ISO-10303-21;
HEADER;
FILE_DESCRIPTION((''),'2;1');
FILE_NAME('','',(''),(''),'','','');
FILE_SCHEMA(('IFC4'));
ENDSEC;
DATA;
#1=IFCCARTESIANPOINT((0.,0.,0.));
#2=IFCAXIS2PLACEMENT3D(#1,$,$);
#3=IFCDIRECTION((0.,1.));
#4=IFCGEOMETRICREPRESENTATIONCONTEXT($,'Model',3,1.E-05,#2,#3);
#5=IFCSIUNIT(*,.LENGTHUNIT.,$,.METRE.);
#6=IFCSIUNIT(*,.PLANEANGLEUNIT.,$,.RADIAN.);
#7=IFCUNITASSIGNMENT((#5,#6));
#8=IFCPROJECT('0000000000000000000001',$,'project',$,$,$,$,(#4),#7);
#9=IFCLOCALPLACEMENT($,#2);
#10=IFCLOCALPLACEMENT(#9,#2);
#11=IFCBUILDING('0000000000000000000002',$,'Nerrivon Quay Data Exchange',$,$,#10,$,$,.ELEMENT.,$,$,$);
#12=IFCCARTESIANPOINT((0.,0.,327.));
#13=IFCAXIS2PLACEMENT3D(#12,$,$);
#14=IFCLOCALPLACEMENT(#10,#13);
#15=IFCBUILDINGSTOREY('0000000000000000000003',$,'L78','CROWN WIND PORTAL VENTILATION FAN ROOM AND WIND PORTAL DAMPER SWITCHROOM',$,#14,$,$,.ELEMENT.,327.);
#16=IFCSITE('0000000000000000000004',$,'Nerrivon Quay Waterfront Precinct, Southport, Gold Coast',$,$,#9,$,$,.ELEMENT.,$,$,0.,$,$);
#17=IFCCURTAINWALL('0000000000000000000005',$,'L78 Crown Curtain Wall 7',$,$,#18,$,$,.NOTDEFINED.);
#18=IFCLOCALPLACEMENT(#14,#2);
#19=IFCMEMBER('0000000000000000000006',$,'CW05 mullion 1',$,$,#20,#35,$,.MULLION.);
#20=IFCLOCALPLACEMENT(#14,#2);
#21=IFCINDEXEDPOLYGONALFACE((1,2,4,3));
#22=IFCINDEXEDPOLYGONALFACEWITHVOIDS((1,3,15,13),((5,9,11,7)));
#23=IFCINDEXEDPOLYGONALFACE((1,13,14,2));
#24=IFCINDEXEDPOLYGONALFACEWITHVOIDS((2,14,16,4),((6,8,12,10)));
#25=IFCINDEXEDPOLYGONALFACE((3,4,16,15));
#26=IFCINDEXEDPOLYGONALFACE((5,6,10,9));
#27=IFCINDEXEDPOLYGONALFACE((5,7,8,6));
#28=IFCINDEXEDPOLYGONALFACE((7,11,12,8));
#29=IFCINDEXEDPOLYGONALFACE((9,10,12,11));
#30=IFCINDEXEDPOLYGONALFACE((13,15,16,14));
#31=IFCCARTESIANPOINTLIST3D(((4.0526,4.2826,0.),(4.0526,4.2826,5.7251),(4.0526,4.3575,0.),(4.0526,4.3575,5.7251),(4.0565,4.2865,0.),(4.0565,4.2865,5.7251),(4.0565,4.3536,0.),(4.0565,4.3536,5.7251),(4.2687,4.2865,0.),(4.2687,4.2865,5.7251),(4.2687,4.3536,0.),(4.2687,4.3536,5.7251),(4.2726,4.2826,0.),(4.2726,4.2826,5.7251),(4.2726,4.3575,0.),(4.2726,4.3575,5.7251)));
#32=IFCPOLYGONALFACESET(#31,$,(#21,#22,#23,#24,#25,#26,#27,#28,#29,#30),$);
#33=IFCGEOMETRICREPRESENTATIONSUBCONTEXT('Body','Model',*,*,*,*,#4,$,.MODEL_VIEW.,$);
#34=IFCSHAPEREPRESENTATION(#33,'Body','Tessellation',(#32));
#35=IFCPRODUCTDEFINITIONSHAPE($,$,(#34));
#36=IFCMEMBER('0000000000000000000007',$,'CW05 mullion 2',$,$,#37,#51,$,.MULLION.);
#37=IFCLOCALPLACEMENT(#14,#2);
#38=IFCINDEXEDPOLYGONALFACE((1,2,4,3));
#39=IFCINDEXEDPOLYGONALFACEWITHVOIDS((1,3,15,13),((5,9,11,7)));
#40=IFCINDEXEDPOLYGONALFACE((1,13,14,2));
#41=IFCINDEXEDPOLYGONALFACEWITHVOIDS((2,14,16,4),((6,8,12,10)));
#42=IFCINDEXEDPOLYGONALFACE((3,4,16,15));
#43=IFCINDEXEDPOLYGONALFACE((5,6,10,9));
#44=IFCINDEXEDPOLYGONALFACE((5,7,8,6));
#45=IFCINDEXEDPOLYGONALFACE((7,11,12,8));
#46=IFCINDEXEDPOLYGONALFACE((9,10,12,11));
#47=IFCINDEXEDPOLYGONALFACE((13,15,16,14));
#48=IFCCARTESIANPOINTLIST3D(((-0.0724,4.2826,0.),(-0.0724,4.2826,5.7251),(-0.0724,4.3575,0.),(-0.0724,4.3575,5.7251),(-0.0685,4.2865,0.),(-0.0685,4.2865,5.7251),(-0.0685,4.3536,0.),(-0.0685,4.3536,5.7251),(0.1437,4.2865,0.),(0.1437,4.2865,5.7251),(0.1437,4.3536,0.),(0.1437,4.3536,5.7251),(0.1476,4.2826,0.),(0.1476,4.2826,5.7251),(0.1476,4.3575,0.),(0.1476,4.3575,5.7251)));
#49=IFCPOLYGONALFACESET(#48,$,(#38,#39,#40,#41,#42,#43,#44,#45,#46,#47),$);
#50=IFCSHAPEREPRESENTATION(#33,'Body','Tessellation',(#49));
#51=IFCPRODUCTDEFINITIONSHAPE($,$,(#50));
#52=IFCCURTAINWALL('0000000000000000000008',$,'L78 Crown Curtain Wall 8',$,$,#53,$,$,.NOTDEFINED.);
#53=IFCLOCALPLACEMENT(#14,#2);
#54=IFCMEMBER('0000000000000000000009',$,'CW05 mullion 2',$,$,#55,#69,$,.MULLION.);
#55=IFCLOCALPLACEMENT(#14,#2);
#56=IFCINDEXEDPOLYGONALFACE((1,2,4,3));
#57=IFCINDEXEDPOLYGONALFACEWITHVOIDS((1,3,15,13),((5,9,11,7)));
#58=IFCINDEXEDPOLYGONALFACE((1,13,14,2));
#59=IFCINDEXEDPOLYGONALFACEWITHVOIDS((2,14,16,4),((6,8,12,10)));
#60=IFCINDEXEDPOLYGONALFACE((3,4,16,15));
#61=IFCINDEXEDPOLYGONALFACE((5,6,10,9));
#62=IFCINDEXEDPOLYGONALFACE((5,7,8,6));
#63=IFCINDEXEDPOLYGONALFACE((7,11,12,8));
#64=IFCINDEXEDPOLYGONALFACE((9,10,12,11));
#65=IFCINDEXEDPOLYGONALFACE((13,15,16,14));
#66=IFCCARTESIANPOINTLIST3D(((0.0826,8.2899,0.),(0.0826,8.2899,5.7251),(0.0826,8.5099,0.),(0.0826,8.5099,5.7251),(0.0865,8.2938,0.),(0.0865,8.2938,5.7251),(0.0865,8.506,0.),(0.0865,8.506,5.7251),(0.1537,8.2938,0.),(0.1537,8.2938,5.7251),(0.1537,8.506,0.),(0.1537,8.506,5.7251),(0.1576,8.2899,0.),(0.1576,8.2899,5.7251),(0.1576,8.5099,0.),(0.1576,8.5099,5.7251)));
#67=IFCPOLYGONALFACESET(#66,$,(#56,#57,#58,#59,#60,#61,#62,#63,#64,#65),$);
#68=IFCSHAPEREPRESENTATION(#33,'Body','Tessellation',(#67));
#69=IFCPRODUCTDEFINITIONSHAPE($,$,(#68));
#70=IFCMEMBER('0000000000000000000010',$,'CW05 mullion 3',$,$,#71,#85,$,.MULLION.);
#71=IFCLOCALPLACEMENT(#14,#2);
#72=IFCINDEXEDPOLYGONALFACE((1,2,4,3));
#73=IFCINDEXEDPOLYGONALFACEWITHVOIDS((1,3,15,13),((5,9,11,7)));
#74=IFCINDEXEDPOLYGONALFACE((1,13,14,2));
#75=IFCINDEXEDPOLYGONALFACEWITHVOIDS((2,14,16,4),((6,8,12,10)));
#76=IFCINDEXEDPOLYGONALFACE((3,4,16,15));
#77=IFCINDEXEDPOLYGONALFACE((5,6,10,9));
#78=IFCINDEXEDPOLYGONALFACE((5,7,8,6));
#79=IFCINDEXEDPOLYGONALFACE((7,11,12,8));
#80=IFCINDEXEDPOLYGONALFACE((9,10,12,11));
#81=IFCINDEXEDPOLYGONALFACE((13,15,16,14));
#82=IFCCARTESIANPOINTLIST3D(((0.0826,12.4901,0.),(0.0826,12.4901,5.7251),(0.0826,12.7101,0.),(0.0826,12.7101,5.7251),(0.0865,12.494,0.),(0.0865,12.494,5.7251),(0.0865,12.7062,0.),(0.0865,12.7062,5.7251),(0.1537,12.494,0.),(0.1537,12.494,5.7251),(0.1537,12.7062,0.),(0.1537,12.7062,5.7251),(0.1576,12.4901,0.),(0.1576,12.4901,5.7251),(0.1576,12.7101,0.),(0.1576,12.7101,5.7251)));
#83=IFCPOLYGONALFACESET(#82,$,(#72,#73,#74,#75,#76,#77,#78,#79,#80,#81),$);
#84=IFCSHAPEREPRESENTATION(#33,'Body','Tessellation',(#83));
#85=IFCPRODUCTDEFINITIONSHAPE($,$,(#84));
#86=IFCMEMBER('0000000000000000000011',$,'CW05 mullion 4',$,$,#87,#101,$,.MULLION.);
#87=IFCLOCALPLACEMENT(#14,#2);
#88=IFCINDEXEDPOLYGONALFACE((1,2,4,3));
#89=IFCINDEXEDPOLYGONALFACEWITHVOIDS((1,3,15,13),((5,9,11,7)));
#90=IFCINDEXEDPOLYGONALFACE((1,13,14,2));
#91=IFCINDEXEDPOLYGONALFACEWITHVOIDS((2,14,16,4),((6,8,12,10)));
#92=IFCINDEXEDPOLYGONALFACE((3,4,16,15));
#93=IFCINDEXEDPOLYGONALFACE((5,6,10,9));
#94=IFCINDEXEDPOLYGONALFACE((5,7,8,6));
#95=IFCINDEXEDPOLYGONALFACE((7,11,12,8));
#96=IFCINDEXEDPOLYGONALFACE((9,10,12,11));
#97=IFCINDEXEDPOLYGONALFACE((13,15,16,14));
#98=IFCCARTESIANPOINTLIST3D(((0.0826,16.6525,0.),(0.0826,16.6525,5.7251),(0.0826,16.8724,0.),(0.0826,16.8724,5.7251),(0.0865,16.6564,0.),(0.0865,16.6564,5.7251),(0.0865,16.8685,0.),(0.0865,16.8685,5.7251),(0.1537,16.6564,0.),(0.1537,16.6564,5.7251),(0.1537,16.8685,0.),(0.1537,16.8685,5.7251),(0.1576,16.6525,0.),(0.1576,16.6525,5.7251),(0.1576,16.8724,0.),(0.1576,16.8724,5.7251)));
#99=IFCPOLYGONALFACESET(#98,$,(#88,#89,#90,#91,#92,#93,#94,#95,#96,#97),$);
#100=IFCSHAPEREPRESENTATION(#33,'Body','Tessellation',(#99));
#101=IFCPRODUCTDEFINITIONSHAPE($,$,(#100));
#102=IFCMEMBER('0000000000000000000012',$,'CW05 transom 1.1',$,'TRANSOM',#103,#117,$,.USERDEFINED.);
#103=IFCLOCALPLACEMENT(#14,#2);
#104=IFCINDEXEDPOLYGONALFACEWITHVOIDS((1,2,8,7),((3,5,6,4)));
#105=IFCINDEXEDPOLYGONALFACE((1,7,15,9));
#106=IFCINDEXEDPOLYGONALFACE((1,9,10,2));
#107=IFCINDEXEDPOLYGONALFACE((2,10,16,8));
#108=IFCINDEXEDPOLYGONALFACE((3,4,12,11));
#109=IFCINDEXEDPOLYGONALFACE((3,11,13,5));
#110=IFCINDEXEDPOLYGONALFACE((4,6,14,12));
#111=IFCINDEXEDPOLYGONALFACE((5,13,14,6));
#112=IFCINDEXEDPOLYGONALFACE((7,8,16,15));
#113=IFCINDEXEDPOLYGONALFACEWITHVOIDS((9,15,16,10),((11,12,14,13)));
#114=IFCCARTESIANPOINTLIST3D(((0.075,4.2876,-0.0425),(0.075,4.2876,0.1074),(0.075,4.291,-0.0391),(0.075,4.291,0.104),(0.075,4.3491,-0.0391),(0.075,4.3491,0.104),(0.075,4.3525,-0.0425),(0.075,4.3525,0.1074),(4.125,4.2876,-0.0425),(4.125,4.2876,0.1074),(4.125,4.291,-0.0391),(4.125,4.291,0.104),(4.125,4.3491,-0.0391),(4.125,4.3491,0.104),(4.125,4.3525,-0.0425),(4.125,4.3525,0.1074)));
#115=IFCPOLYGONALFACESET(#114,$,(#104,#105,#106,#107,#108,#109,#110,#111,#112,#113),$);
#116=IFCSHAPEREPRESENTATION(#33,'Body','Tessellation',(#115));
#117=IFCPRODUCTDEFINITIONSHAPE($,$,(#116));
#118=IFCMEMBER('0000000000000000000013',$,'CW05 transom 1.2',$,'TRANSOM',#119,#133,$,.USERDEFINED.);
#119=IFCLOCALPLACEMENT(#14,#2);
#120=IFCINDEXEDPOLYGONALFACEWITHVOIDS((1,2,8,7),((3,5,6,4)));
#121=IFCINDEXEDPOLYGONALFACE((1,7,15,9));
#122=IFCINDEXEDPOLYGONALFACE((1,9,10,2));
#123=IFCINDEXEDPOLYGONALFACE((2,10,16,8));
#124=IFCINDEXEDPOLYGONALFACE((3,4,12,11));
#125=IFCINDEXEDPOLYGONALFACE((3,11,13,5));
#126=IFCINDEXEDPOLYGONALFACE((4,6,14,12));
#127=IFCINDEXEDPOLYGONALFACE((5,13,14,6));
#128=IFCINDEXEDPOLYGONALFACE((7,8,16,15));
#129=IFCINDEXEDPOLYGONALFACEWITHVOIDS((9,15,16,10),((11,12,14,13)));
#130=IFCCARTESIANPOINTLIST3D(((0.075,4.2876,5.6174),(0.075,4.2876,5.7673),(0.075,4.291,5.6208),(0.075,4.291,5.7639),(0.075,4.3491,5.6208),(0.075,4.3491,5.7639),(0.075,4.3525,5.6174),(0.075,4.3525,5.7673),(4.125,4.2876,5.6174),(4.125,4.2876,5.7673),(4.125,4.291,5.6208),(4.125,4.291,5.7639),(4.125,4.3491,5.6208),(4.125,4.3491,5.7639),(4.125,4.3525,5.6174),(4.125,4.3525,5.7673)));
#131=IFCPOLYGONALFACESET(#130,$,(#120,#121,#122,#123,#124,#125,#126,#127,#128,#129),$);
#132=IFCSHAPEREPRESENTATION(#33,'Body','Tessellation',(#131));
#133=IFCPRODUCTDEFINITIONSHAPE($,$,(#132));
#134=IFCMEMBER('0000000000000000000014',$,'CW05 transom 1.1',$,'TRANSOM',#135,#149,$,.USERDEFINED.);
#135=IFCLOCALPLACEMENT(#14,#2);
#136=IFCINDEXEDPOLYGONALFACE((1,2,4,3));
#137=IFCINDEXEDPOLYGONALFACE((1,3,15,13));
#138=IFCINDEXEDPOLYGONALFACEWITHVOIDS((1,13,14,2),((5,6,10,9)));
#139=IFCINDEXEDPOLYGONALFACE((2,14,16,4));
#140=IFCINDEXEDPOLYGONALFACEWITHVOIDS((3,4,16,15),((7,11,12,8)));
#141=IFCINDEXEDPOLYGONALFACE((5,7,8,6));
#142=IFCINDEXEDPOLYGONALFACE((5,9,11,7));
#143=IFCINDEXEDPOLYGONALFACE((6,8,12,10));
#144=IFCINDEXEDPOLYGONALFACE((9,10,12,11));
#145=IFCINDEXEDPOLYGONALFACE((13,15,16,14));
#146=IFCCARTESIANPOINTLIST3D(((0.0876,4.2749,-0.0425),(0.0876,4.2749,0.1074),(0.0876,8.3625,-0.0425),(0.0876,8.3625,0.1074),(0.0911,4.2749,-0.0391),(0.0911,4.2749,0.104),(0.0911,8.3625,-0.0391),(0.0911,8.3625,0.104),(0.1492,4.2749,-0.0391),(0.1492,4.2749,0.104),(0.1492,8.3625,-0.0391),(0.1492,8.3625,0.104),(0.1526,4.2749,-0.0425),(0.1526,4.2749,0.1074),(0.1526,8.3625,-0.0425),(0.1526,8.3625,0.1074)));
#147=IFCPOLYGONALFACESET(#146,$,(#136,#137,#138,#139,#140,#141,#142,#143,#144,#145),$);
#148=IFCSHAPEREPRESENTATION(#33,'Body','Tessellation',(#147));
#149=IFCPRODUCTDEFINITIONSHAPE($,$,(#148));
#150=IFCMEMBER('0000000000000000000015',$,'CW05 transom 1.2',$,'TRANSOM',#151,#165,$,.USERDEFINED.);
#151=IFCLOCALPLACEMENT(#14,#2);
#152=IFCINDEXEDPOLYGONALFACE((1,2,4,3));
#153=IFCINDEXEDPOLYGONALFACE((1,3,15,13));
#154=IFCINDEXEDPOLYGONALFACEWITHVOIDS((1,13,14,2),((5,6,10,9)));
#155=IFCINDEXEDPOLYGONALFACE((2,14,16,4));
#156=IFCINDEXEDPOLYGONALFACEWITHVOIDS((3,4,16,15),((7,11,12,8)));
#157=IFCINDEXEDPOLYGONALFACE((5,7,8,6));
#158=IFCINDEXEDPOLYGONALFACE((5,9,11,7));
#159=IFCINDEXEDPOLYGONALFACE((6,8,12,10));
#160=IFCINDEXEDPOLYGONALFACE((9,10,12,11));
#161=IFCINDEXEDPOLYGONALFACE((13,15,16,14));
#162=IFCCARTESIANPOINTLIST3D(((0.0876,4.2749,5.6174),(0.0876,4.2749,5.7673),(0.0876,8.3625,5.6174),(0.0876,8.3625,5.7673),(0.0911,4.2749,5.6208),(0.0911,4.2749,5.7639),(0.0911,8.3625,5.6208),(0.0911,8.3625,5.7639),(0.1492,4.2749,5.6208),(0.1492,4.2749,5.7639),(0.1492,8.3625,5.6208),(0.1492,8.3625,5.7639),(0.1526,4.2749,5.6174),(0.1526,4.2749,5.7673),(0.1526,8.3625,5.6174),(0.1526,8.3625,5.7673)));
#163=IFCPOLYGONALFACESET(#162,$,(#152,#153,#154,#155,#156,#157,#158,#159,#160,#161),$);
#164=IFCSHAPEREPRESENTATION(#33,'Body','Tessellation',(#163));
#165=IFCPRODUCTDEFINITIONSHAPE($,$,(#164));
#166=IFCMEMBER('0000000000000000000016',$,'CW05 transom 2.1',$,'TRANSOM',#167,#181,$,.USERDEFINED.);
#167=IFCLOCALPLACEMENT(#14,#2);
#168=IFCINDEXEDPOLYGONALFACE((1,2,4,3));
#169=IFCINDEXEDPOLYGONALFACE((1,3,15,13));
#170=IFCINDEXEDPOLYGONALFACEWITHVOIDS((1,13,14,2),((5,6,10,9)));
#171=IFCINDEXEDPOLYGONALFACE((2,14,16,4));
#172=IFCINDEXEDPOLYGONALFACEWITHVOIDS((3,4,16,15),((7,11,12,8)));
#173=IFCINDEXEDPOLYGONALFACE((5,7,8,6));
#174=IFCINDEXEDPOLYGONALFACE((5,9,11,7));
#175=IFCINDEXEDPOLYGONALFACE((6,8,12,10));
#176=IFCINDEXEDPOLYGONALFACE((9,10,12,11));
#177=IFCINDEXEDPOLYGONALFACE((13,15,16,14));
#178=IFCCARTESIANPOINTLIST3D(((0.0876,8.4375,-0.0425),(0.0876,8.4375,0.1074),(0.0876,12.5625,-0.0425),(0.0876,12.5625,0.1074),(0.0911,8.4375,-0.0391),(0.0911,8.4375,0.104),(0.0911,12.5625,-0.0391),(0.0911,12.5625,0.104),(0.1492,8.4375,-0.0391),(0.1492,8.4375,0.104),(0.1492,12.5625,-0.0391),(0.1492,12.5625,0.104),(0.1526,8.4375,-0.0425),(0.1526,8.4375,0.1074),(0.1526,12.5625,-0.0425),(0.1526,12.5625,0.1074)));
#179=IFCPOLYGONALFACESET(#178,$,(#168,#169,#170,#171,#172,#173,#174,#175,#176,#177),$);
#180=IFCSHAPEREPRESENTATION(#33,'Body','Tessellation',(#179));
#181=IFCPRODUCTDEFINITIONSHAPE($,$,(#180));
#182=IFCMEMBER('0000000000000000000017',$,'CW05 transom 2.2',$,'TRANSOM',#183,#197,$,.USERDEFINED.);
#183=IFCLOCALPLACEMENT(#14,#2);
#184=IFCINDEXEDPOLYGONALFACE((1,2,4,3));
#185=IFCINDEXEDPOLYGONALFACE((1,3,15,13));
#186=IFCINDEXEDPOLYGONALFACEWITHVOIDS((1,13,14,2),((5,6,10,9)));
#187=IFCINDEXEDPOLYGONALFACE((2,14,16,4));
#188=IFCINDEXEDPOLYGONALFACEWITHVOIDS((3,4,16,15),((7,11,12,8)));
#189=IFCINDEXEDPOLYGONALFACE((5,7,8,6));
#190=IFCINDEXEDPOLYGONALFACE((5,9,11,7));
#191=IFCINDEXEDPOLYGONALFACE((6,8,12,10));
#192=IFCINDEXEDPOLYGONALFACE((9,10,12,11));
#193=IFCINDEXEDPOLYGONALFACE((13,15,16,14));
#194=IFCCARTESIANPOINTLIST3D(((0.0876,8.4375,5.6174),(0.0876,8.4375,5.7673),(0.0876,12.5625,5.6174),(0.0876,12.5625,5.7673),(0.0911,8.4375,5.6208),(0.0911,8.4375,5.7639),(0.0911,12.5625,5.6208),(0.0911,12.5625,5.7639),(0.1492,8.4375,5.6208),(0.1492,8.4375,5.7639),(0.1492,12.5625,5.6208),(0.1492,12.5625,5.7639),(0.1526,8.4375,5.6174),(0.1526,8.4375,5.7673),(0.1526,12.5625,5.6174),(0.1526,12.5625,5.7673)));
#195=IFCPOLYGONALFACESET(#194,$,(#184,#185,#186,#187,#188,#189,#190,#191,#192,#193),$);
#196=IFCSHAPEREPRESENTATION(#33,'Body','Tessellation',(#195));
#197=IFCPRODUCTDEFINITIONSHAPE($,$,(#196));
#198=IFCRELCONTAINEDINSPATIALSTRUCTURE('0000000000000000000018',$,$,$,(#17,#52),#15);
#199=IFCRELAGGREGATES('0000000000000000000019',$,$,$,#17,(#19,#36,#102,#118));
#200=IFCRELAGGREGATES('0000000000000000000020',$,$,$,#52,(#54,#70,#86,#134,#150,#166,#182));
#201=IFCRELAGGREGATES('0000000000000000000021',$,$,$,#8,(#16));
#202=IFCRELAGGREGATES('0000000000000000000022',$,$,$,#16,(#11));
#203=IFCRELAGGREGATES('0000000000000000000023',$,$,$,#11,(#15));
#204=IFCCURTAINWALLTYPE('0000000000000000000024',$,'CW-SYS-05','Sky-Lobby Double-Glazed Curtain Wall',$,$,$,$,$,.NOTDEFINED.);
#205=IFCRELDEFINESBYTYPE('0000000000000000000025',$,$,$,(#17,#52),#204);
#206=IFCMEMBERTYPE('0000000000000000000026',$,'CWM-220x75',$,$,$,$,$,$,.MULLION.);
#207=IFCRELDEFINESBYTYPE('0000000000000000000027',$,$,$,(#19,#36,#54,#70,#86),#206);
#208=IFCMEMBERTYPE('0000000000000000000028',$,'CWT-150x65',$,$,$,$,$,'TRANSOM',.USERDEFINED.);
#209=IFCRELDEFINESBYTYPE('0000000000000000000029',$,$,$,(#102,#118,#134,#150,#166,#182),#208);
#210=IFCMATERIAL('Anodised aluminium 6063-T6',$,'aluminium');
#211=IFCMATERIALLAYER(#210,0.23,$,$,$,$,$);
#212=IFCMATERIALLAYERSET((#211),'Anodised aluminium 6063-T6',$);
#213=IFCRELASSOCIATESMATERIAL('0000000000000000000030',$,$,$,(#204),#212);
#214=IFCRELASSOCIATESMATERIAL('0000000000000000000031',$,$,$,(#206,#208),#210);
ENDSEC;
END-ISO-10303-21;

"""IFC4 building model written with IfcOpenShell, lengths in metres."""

from ifc_helpers import new_model, si_unit, direction, frame, origin, origin_2d, place, context, subcontext, project, spatial, hollow_rectangle, extrude, material, layer, layer_set, material_profile, profile_set, type_object, element, aggregate, save


model = new_model("IFC4")

# Units and contexts
model_context = context("Model", 3, precision=1e-05, world=origin(), true_north=direction((0.0, 1.0)))
body_context = subcontext(model_context, "Body", "Model", "MODEL_VIEW")
ifc_project = project(units=[si_unit("LENGTHUNIT", "METRE"), si_unit("PLANEANGLEUNIT", "RADIAN")], contexts=[model_context])

# Site, building, storey
site_placement = place(None, origin())
site = spatial("IfcSite", under=ifc_project, at=site_placement, Name="Nerrivon Quay Waterfront Precinct, Southport, Gold Coast", CompositionType="ELEMENT", RefElevation=0.0)
building_placement = place(site_placement, origin())
building = spatial("IfcBuilding", under=site, at=building_placement, Name="Nerrivon Quay Data Exchange", CompositionType="ELEMENT")
storey_placement = place(building_placement, frame((0.0, 0.0, 327.0)))
storey = spatial("IfcBuildingStorey", under=building, at=storey_placement, Name="L78", Description="CROWN WIND PORTAL VENTILATION FAN ROOM AND WIND PORTAL DAMPER SWITCHROOM", CompositionType="ELEMENT", Elevation=327.0)

# Curtain walls, members
ifc_material_1 = material(Name="Anodised aluminium 6063-T6", Category="aluminium")
ifc_layer_1 = layer(ifc_material_1, 0.23)
ifc_layer_set_1 = layer_set([ifc_layer_1], Name="Anodised aluminium 6063-T6")
curtain_wall_type = type_object("IfcCurtainWallType", Name="CW-SYS-05", Description="Sky-Lobby Double-Glazed Curtain Wall", PredefinedType="NOTDEFINED", material=ifc_layer_set_1)
curtain_wall_1_placement = place(storey_placement, origin())
curtain_wall_1 = element("IfcCurtainWall", 1, at=curtain_wall_1_placement, inside=storey, type_object=curtain_wall_type, Name="L78 Crown Curtain Wall 7", PredefinedType="NOTDEFINED")
ifc_material_profile_1 = material_profile(ifc_material_1, hollow_rectangle(XDim=0.075, YDim=0.22, WallThickness=0.0039, at=origin_2d()), Name="ALU-MULL-220x75")
ifc_profile_set_1 = profile_set([ifc_material_profile_1], Name="Anodised aluminium 6063-T6")
member_type_1 = type_object("IfcMemberType", Name="CWM-220x75", PredefinedType="MULLION", material=ifc_profile_set_1)
member_1_placement = place(storey_placement, frame((4.1626, 4.3201, 0.0), z_axis=(0.0, 0.0, 1.0), x_axis=(0.0, -1.0, 0.0)))
member_1 = element("IfcMember", 2, at=member_1_placement, type_object=member_type_1, Name="CW05 mullion 1", PredefinedType="MULLION", context=body_context, shape_type="SweptSolid", body=[
    extrude(hollow_rectangle(XDim=0.075, YDim=0.22, WallThickness=0.0039, at=origin_2d()), origin(), (0.0, 0.0, 1.0), 5.7251),
])
member_2_placement = place(storey_placement, frame((0.0376, 4.3201, 0.0), z_axis=(0.0, 0.0, 1.0), x_axis=(0.0, -1.0, 0.0)))
member_2 = element("IfcMember", 3, at=member_2_placement, type_object=member_type_1, Name="CW05 mullion 2", PredefinedType="MULLION", context=body_context, shape_type="SweptSolid", body=[
    extrude(hollow_rectangle(XDim=0.075, YDim=0.22, WallThickness=0.0039, at=origin_2d()), origin(), (0.0, 0.0, 1.0), 5.7251),
])
curtain_wall_2_placement = place(storey_placement, origin())
curtain_wall_2 = element("IfcCurtainWall", 4, at=curtain_wall_2_placement, inside=storey, type_object=curtain_wall_type, Name="L78 Crown Curtain Wall 8", PredefinedType="NOTDEFINED")
member_3_placement = place(storey_placement, frame((0.1201, 8.3999, 0.0), z_axis=(0.0, 0.0, 1.0), x_axis=(-1.0, 0.0, 0.0)))
member_3 = element("IfcMember", 5, at=member_3_placement, type_object=member_type_1, Name="CW05 mullion 2", PredefinedType="MULLION", context=body_context, shape_type="SweptSolid", body=[
    extrude(hollow_rectangle(XDim=0.075, YDim=0.22, WallThickness=0.0039, at=origin_2d()), origin(), (0.0, 0.0, 1.0), 5.7251),
])
member_4_placement = place(storey_placement, frame((0.1201, 12.6001, 0.0), z_axis=(0.0, 0.0, 1.0), x_axis=(-1.0, 0.0, 0.0)))
member_4 = element("IfcMember", 6, at=member_4_placement, type_object=member_type_1, Name="CW05 mullion 3", PredefinedType="MULLION", context=body_context, shape_type="SweptSolid", body=[
    extrude(hollow_rectangle(XDim=0.075, YDim=0.22, WallThickness=0.0039, at=origin_2d()), origin(), (0.0, 0.0, 1.0), 5.7251),
])
member_5_placement = place(storey_placement, frame((0.1201, 16.7625, 0.0), z_axis=(0.0, 0.0, 1.0), x_axis=(-1.0, 0.0, 0.0)))
member_5 = element("IfcMember", 7, at=member_5_placement, type_object=member_type_1, Name="CW05 mullion 4", PredefinedType="MULLION", context=body_context, shape_type="SweptSolid", body=[
    extrude(hollow_rectangle(XDim=0.075, YDim=0.22, WallThickness=0.0039, at=origin_2d()), origin(), (0.0, 0.0, 1.0), 5.7251),
])

# Members
ifc_material_profile_2 = material_profile(ifc_material_1, hollow_rectangle(XDim=0.0649, YDim=0.1499, WallThickness=0.0034, at=origin_2d()), Name="ALU-TRAN-150x65")
ifc_profile_set_2 = profile_set([ifc_material_profile_2], Name="Anodised aluminium 6063-T6")
member_type_2 = type_object("IfcMemberType", Name="CWT-150x65", ElementType="TRANSOM", PredefinedType="USERDEFINED", material=ifc_profile_set_2)
member_6_placement = place(storey_placement, frame((4.125, 4.3201, 0.0325), z_axis=(-1.0, 0.0, 0.0), x_axis=(0.0, -1.0, 0.0)))
member_6 = element("IfcMember", 8, at=member_6_placement, type_object=member_type_2, Name="CW05 transom 1.1", ObjectType="TRANSOM", PredefinedType="USERDEFINED", context=body_context, shape_type="SweptSolid", body=[
    extrude(hollow_rectangle(XDim=0.0649, YDim=0.1499, WallThickness=0.0034, at=origin_2d()), origin(), (0.0, 0.0, 1.0), 4.05),
])
member_7_placement = place(storey_placement, frame((4.125, 4.3201, 5.6924), z_axis=(-1.0, 0.0, 0.0), x_axis=(0.0, -1.0, 0.0)))
member_7 = element("IfcMember", 9, at=member_7_placement, type_object=member_type_2, Name="CW05 transom 1.2", ObjectType="TRANSOM", PredefinedType="USERDEFINED", context=body_context, shape_type="SweptSolid", body=[
    extrude(hollow_rectangle(XDim=0.0649, YDim=0.1499, WallThickness=0.0034, at=origin_2d()), origin(), (0.0, 0.0, 1.0), 4.05),
])
member_8_placement = place(storey_placement, frame((0.1201, 4.2749, 0.0325), z_axis=(0.0, 1.0, 0.0), x_axis=(-1.0, 0.0, 0.0)))
member_8 = element("IfcMember", 10, at=member_8_placement, type_object=member_type_2, Name="CW05 transom 1.1", ObjectType="TRANSOM", PredefinedType="USERDEFINED", context=body_context, shape_type="SweptSolid", body=[
    extrude(hollow_rectangle(XDim=0.0649, YDim=0.1499, WallThickness=0.0034, at=origin_2d()), origin(), (0.0, 0.0, 1.0), 4.0876),
])
member_9_placement = place(storey_placement, frame((0.1201, 4.2749, 5.6924), z_axis=(0.0, 1.0, 0.0), x_axis=(-1.0, 0.0, 0.0)))
member_9 = element("IfcMember", 11, at=member_9_placement, type_object=member_type_2, Name="CW05 transom 1.2", ObjectType="TRANSOM", PredefinedType="USERDEFINED", context=body_context, shape_type="SweptSolid", body=[
    extrude(hollow_rectangle(XDim=0.0649, YDim=0.1499, WallThickness=0.0034, at=origin_2d()), origin(), (0.0, 0.0, 1.0), 4.0876),
])
member_10_placement = place(storey_placement, frame((0.1201, 8.4375, 0.0325), z_axis=(0.0, 1.0, 0.0), x_axis=(-1.0, 0.0, 0.0)))
member_10 = element("IfcMember", 12, at=member_10_placement, type_object=member_type_2, Name="CW05 transom 2.1", ObjectType="TRANSOM", PredefinedType="USERDEFINED", context=body_context, shape_type="SweptSolid", body=[
    extrude(hollow_rectangle(XDim=0.0649, YDim=0.1499, WallThickness=0.0034, at=origin_2d()), origin(), (0.0, 0.0, 1.0), 4.125),
])
member_11_placement = place(storey_placement, frame((0.1201, 8.4375, 5.6924), z_axis=(0.0, 1.0, 0.0), x_axis=(-1.0, 0.0, 0.0)))
member_11 = element("IfcMember", 13, at=member_11_placement, type_object=member_type_2, Name="CW05 transom 2.2", ObjectType="TRANSOM", PredefinedType="USERDEFINED", context=body_context, shape_type="SweptSolid", body=[
    extrude(hollow_rectangle(XDim=0.0649, YDim=0.1499, WallThickness=0.0034, at=origin_2d()), origin(), (0.0, 0.0, 1.0), 4.125),
])

aggregate(curtain_wall_1, [member_1, member_2, member_6, member_7])
aggregate(curtain_wall_2, [member_3, member_4, member_5, member_8, member_9, member_10, member_11])

save(model, "model.ifc")
